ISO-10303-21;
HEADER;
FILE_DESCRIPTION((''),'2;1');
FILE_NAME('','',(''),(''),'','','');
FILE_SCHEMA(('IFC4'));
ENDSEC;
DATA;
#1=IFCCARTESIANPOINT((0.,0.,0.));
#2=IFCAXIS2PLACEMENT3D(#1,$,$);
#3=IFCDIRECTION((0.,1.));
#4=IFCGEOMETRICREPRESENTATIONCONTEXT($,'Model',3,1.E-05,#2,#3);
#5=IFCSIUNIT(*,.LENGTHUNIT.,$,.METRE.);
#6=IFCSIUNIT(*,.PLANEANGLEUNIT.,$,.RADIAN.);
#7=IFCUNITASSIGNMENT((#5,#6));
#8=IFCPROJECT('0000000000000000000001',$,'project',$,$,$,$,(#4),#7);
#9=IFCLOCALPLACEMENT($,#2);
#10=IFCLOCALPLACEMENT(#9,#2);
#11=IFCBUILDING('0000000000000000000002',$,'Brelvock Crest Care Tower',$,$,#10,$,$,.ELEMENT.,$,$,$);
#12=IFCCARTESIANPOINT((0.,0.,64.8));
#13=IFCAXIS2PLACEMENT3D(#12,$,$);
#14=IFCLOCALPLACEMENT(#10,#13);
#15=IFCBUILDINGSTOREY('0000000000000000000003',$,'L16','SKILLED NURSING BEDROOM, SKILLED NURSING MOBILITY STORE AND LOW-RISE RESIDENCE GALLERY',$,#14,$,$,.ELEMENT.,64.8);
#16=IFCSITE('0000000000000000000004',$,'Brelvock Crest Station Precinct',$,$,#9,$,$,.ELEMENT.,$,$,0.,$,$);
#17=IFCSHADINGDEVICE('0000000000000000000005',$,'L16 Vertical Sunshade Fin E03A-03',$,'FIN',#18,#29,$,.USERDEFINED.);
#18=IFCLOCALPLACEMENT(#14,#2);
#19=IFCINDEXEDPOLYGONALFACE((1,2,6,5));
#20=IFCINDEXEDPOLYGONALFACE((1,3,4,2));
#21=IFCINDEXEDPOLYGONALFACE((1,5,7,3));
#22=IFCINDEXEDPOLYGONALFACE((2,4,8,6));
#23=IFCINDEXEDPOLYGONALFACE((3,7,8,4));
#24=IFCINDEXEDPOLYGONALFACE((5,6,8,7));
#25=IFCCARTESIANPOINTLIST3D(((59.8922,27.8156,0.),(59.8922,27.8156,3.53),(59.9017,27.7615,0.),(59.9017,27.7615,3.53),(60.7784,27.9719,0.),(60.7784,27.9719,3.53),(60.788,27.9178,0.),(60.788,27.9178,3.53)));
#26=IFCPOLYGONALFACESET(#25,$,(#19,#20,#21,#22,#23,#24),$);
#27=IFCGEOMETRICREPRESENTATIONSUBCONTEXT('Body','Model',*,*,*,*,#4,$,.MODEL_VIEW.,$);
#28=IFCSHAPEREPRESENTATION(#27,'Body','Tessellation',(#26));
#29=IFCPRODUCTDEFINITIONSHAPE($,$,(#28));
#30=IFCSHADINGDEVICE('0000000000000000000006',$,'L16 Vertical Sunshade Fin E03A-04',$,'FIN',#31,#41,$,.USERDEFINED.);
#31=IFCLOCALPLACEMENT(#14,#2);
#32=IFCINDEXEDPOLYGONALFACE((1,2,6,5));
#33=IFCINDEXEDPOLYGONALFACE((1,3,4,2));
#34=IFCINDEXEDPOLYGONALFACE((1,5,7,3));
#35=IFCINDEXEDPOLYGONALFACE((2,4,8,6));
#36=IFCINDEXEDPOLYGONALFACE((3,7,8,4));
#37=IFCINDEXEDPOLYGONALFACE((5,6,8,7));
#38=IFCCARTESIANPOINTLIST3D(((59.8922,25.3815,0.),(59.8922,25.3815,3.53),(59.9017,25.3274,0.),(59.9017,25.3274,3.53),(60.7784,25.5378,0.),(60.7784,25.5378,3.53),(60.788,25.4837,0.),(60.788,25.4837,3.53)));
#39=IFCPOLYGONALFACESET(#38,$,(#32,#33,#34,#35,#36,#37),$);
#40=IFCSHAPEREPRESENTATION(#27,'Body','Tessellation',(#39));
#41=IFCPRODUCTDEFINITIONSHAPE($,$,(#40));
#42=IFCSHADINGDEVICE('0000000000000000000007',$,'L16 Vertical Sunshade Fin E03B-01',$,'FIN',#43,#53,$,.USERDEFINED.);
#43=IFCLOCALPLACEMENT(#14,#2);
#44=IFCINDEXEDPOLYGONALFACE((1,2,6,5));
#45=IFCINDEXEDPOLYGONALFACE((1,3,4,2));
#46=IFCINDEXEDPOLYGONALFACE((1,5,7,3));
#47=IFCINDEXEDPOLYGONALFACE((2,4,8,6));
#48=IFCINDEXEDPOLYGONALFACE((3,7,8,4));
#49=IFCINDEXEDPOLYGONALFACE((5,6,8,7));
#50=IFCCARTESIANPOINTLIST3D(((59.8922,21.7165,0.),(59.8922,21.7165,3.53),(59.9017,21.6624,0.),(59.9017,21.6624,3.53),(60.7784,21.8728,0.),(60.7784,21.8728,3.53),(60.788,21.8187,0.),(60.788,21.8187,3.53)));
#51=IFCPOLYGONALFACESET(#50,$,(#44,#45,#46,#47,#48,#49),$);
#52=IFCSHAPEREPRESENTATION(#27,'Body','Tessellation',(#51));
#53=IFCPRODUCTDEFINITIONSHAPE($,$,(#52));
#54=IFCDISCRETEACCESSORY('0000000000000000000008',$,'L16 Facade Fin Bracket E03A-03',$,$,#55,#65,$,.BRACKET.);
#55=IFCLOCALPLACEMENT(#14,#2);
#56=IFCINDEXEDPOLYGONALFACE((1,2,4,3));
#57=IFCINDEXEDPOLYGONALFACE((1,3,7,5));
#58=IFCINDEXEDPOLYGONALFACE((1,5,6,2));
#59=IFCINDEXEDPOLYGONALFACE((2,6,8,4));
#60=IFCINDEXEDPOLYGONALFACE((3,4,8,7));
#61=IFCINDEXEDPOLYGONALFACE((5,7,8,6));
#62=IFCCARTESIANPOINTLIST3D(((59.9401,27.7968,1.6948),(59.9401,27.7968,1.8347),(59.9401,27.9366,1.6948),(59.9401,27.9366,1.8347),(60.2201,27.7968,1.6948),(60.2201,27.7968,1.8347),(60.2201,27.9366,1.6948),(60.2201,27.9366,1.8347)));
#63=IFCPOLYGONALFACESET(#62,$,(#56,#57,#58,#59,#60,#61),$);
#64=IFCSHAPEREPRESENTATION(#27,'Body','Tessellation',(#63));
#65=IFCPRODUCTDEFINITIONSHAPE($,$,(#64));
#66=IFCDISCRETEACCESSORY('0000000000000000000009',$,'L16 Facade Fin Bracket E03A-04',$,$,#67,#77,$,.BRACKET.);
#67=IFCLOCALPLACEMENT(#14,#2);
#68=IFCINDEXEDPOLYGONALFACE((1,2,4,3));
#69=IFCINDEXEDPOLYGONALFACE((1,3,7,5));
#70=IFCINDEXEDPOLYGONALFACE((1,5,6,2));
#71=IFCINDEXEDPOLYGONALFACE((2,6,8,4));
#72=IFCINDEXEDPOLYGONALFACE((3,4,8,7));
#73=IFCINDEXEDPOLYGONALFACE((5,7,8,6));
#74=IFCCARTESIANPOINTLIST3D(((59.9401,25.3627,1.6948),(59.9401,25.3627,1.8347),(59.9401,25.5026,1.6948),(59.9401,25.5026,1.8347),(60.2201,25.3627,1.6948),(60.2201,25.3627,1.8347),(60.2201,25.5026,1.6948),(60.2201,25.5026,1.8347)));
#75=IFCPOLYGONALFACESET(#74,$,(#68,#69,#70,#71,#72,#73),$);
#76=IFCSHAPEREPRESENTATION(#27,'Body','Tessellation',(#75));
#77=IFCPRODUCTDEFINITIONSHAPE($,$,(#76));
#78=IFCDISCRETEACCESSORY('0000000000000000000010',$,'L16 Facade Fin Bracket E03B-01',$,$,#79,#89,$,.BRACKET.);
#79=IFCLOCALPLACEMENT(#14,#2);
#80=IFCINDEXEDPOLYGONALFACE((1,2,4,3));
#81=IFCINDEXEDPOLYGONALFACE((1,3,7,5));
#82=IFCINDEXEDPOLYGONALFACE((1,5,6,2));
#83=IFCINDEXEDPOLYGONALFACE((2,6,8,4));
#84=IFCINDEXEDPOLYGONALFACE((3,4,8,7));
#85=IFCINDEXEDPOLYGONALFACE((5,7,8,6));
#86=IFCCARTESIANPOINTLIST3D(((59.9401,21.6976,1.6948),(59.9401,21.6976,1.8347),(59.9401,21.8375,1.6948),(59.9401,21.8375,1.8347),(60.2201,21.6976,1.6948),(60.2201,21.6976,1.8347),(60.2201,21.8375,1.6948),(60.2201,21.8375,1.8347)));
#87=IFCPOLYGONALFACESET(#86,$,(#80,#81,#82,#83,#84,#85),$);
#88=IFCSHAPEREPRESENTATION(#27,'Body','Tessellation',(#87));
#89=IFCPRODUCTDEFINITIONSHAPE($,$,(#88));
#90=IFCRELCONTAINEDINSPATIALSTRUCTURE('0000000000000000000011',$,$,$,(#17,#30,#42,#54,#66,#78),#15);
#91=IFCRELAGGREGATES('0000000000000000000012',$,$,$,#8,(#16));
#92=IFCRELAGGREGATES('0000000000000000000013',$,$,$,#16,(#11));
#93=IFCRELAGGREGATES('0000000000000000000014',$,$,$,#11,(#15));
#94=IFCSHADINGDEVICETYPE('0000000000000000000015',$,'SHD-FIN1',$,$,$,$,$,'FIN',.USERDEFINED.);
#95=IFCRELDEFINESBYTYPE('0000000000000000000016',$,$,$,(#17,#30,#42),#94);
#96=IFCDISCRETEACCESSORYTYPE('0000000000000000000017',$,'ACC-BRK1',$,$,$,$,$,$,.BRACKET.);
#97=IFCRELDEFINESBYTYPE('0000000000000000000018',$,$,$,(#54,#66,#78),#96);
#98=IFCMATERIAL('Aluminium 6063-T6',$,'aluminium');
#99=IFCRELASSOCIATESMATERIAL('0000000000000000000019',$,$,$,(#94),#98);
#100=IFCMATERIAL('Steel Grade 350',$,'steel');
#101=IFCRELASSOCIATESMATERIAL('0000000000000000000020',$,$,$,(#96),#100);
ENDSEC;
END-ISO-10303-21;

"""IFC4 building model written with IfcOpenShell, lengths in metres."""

from ifc_helpers import new_model, si_unit, direction, frame, origin, origin_2d, place, context, subcontext, project, spatial, rectangle, extrude, source, transform, mapped, material, material_profile, profile_set, type_object, element, save


model = new_model("IFC4")

# Units and contexts
model_context = context("Model", 3, precision=1e-05, world=origin(), true_north=direction((0.0, 1.0)))
body_context = subcontext(model_context, "Body", "Model", "MODEL_VIEW")
ifc_project = project(units=[si_unit("LENGTHUNIT", "METRE"), si_unit("PLANEANGLEUNIT", "RADIAN")], contexts=[model_context])

# Site, building, storey
site_placement = place(None, origin())
site = spatial("IfcSite", under=ifc_project, at=site_placement, Name="Brelvock Crest Station Precinct", CompositionType="ELEMENT", RefElevation=0.0)
building_placement = place(site_placement, origin())
building = spatial("IfcBuilding", under=site, at=building_placement, Name="Brelvock Crest Care Tower", CompositionType="ELEMENT")
storey_placement = place(building_placement, frame((0.0, 0.0, 64.8)))
storey = spatial("IfcBuildingStorey", under=building, at=storey_placement, Name="L16", Description="SKILLED NURSING BEDROOM, SKILLED NURSING MOBILITY STORE AND LOW-RISE RESIDENCE GALLERY", CompositionType="ELEMENT", Elevation=64.8)

# Shared definitions
ifc_material_1 = material(Name="Aluminium 6063-T6", Category="aluminium")

# Shading devices
ifc_material_profile_1 = material_profile(ifc_material_1, rectangle(XDim=0.0549, YDim=0.8999, at=origin_2d()), Name="FIN55x900")
ifc_profile_set_1 = profile_set([ifc_material_profile_1], Name="Aluminium 6063-T6")
shading_device_type = type_object("IfcShadingDeviceType", Name="SHD-FIN1", ElementType="FIN", PredefinedType="USERDEFINED", material=ifc_profile_set_1)
shared_shape_1 = source(origin(), body_context, "Body", "SweptSolid", [
    extrude(rectangle(XDim=0.0549, YDim=0.8999, at=origin_2d()), origin(), (0.0, 0.0, 1.0), 3.53),
])
for number, where, z_axis, x_axis, name in (
    (1, (60.3401, 27.8667, 0.0), (0.0, 0.0, 1.0), (0.173648, -0.984808, 0.0), "L16 Vertical Sunshade Fin E03A-03"),
    (2, (60.3401, 25.4326, 0.0), (0.0, 0.0, 1.0), (0.173648, -0.984808, 0.0), "L16 Vertical Sunshade Fin E03A-04"),
    (3, (60.3401, 21.7676, 0.0), (0.0, 0.0, 1.0), (0.173648, -0.984808, 0.0), "L16 Vertical Sunshade Fin E03B-01"),
):
    element("IfcShadingDevice", number, at=place(storey_placement, frame(where, z_axis=z_axis, x_axis=x_axis)), inside=storey, type_object=shading_device_type, Name=name, ObjectType="FIN", PredefinedType="USERDEFINED", context=body_context, shape_type="MappedRepresentation", body=[
        mapped(shared_shape_1, transform((0.0, 0.0, 0.0), x_axis=(1.0, 0.0, 0.0), y_axis=(0.0, 1.0, 0.0), z_axis=(0.0, 0.0, 1.0), scale=1.0)),
    ])

# Discrete accessories
ifc_material_2 = material(Name="Steel Grade 350", Category="steel")
discrete_accessory_type = type_object("IfcDiscreteAccessoryType", Name="ACC-BRK1", PredefinedType="BRACKET", material=ifc_material_2)
shared_shape_2 = source(origin(), body_context, "Body", "SweptSolid", [
    extrude(rectangle(XDim=0.28, YDim=0.1399, at=origin_2d()), origin(), (0.0, 0.0, 1.0), 0.1399),
])
for number, where, z_axis, x_axis, name in (
    (4, (60.0801, 27.8667, 1.6948), (0.0, 0.0, 1.0), (1.0, 0.0, 0.0), "L16 Facade Fin Bracket E03A-03"),
    (5, (60.0801, 25.4326, 1.6948), (0.0, 0.0, 1.0), (1.0, 0.0, 0.0), "L16 Facade Fin Bracket E03A-04"),
    (6, (60.0801, 21.7676, 1.6948), (0.0, 0.0, 1.0), (1.0, 0.0, 0.0), "L16 Facade Fin Bracket E03B-01"),
):
    element("IfcDiscreteAccessory", number, at=place(storey_placement, frame(where, z_axis=z_axis, x_axis=x_axis)), inside=storey, type_object=discrete_accessory_type, Name=name, PredefinedType="BRACKET", context=body_context, shape_type="MappedRepresentation", body=[
        mapped(shared_shape_2, transform((0.0, 0.0, 0.0), x_axis=(1.0, 0.0, 0.0), y_axis=(0.0, 1.0, 0.0), z_axis=(0.0, 0.0, 1.0), scale=1.0)),
    ])

save(model, "model.ifc")
